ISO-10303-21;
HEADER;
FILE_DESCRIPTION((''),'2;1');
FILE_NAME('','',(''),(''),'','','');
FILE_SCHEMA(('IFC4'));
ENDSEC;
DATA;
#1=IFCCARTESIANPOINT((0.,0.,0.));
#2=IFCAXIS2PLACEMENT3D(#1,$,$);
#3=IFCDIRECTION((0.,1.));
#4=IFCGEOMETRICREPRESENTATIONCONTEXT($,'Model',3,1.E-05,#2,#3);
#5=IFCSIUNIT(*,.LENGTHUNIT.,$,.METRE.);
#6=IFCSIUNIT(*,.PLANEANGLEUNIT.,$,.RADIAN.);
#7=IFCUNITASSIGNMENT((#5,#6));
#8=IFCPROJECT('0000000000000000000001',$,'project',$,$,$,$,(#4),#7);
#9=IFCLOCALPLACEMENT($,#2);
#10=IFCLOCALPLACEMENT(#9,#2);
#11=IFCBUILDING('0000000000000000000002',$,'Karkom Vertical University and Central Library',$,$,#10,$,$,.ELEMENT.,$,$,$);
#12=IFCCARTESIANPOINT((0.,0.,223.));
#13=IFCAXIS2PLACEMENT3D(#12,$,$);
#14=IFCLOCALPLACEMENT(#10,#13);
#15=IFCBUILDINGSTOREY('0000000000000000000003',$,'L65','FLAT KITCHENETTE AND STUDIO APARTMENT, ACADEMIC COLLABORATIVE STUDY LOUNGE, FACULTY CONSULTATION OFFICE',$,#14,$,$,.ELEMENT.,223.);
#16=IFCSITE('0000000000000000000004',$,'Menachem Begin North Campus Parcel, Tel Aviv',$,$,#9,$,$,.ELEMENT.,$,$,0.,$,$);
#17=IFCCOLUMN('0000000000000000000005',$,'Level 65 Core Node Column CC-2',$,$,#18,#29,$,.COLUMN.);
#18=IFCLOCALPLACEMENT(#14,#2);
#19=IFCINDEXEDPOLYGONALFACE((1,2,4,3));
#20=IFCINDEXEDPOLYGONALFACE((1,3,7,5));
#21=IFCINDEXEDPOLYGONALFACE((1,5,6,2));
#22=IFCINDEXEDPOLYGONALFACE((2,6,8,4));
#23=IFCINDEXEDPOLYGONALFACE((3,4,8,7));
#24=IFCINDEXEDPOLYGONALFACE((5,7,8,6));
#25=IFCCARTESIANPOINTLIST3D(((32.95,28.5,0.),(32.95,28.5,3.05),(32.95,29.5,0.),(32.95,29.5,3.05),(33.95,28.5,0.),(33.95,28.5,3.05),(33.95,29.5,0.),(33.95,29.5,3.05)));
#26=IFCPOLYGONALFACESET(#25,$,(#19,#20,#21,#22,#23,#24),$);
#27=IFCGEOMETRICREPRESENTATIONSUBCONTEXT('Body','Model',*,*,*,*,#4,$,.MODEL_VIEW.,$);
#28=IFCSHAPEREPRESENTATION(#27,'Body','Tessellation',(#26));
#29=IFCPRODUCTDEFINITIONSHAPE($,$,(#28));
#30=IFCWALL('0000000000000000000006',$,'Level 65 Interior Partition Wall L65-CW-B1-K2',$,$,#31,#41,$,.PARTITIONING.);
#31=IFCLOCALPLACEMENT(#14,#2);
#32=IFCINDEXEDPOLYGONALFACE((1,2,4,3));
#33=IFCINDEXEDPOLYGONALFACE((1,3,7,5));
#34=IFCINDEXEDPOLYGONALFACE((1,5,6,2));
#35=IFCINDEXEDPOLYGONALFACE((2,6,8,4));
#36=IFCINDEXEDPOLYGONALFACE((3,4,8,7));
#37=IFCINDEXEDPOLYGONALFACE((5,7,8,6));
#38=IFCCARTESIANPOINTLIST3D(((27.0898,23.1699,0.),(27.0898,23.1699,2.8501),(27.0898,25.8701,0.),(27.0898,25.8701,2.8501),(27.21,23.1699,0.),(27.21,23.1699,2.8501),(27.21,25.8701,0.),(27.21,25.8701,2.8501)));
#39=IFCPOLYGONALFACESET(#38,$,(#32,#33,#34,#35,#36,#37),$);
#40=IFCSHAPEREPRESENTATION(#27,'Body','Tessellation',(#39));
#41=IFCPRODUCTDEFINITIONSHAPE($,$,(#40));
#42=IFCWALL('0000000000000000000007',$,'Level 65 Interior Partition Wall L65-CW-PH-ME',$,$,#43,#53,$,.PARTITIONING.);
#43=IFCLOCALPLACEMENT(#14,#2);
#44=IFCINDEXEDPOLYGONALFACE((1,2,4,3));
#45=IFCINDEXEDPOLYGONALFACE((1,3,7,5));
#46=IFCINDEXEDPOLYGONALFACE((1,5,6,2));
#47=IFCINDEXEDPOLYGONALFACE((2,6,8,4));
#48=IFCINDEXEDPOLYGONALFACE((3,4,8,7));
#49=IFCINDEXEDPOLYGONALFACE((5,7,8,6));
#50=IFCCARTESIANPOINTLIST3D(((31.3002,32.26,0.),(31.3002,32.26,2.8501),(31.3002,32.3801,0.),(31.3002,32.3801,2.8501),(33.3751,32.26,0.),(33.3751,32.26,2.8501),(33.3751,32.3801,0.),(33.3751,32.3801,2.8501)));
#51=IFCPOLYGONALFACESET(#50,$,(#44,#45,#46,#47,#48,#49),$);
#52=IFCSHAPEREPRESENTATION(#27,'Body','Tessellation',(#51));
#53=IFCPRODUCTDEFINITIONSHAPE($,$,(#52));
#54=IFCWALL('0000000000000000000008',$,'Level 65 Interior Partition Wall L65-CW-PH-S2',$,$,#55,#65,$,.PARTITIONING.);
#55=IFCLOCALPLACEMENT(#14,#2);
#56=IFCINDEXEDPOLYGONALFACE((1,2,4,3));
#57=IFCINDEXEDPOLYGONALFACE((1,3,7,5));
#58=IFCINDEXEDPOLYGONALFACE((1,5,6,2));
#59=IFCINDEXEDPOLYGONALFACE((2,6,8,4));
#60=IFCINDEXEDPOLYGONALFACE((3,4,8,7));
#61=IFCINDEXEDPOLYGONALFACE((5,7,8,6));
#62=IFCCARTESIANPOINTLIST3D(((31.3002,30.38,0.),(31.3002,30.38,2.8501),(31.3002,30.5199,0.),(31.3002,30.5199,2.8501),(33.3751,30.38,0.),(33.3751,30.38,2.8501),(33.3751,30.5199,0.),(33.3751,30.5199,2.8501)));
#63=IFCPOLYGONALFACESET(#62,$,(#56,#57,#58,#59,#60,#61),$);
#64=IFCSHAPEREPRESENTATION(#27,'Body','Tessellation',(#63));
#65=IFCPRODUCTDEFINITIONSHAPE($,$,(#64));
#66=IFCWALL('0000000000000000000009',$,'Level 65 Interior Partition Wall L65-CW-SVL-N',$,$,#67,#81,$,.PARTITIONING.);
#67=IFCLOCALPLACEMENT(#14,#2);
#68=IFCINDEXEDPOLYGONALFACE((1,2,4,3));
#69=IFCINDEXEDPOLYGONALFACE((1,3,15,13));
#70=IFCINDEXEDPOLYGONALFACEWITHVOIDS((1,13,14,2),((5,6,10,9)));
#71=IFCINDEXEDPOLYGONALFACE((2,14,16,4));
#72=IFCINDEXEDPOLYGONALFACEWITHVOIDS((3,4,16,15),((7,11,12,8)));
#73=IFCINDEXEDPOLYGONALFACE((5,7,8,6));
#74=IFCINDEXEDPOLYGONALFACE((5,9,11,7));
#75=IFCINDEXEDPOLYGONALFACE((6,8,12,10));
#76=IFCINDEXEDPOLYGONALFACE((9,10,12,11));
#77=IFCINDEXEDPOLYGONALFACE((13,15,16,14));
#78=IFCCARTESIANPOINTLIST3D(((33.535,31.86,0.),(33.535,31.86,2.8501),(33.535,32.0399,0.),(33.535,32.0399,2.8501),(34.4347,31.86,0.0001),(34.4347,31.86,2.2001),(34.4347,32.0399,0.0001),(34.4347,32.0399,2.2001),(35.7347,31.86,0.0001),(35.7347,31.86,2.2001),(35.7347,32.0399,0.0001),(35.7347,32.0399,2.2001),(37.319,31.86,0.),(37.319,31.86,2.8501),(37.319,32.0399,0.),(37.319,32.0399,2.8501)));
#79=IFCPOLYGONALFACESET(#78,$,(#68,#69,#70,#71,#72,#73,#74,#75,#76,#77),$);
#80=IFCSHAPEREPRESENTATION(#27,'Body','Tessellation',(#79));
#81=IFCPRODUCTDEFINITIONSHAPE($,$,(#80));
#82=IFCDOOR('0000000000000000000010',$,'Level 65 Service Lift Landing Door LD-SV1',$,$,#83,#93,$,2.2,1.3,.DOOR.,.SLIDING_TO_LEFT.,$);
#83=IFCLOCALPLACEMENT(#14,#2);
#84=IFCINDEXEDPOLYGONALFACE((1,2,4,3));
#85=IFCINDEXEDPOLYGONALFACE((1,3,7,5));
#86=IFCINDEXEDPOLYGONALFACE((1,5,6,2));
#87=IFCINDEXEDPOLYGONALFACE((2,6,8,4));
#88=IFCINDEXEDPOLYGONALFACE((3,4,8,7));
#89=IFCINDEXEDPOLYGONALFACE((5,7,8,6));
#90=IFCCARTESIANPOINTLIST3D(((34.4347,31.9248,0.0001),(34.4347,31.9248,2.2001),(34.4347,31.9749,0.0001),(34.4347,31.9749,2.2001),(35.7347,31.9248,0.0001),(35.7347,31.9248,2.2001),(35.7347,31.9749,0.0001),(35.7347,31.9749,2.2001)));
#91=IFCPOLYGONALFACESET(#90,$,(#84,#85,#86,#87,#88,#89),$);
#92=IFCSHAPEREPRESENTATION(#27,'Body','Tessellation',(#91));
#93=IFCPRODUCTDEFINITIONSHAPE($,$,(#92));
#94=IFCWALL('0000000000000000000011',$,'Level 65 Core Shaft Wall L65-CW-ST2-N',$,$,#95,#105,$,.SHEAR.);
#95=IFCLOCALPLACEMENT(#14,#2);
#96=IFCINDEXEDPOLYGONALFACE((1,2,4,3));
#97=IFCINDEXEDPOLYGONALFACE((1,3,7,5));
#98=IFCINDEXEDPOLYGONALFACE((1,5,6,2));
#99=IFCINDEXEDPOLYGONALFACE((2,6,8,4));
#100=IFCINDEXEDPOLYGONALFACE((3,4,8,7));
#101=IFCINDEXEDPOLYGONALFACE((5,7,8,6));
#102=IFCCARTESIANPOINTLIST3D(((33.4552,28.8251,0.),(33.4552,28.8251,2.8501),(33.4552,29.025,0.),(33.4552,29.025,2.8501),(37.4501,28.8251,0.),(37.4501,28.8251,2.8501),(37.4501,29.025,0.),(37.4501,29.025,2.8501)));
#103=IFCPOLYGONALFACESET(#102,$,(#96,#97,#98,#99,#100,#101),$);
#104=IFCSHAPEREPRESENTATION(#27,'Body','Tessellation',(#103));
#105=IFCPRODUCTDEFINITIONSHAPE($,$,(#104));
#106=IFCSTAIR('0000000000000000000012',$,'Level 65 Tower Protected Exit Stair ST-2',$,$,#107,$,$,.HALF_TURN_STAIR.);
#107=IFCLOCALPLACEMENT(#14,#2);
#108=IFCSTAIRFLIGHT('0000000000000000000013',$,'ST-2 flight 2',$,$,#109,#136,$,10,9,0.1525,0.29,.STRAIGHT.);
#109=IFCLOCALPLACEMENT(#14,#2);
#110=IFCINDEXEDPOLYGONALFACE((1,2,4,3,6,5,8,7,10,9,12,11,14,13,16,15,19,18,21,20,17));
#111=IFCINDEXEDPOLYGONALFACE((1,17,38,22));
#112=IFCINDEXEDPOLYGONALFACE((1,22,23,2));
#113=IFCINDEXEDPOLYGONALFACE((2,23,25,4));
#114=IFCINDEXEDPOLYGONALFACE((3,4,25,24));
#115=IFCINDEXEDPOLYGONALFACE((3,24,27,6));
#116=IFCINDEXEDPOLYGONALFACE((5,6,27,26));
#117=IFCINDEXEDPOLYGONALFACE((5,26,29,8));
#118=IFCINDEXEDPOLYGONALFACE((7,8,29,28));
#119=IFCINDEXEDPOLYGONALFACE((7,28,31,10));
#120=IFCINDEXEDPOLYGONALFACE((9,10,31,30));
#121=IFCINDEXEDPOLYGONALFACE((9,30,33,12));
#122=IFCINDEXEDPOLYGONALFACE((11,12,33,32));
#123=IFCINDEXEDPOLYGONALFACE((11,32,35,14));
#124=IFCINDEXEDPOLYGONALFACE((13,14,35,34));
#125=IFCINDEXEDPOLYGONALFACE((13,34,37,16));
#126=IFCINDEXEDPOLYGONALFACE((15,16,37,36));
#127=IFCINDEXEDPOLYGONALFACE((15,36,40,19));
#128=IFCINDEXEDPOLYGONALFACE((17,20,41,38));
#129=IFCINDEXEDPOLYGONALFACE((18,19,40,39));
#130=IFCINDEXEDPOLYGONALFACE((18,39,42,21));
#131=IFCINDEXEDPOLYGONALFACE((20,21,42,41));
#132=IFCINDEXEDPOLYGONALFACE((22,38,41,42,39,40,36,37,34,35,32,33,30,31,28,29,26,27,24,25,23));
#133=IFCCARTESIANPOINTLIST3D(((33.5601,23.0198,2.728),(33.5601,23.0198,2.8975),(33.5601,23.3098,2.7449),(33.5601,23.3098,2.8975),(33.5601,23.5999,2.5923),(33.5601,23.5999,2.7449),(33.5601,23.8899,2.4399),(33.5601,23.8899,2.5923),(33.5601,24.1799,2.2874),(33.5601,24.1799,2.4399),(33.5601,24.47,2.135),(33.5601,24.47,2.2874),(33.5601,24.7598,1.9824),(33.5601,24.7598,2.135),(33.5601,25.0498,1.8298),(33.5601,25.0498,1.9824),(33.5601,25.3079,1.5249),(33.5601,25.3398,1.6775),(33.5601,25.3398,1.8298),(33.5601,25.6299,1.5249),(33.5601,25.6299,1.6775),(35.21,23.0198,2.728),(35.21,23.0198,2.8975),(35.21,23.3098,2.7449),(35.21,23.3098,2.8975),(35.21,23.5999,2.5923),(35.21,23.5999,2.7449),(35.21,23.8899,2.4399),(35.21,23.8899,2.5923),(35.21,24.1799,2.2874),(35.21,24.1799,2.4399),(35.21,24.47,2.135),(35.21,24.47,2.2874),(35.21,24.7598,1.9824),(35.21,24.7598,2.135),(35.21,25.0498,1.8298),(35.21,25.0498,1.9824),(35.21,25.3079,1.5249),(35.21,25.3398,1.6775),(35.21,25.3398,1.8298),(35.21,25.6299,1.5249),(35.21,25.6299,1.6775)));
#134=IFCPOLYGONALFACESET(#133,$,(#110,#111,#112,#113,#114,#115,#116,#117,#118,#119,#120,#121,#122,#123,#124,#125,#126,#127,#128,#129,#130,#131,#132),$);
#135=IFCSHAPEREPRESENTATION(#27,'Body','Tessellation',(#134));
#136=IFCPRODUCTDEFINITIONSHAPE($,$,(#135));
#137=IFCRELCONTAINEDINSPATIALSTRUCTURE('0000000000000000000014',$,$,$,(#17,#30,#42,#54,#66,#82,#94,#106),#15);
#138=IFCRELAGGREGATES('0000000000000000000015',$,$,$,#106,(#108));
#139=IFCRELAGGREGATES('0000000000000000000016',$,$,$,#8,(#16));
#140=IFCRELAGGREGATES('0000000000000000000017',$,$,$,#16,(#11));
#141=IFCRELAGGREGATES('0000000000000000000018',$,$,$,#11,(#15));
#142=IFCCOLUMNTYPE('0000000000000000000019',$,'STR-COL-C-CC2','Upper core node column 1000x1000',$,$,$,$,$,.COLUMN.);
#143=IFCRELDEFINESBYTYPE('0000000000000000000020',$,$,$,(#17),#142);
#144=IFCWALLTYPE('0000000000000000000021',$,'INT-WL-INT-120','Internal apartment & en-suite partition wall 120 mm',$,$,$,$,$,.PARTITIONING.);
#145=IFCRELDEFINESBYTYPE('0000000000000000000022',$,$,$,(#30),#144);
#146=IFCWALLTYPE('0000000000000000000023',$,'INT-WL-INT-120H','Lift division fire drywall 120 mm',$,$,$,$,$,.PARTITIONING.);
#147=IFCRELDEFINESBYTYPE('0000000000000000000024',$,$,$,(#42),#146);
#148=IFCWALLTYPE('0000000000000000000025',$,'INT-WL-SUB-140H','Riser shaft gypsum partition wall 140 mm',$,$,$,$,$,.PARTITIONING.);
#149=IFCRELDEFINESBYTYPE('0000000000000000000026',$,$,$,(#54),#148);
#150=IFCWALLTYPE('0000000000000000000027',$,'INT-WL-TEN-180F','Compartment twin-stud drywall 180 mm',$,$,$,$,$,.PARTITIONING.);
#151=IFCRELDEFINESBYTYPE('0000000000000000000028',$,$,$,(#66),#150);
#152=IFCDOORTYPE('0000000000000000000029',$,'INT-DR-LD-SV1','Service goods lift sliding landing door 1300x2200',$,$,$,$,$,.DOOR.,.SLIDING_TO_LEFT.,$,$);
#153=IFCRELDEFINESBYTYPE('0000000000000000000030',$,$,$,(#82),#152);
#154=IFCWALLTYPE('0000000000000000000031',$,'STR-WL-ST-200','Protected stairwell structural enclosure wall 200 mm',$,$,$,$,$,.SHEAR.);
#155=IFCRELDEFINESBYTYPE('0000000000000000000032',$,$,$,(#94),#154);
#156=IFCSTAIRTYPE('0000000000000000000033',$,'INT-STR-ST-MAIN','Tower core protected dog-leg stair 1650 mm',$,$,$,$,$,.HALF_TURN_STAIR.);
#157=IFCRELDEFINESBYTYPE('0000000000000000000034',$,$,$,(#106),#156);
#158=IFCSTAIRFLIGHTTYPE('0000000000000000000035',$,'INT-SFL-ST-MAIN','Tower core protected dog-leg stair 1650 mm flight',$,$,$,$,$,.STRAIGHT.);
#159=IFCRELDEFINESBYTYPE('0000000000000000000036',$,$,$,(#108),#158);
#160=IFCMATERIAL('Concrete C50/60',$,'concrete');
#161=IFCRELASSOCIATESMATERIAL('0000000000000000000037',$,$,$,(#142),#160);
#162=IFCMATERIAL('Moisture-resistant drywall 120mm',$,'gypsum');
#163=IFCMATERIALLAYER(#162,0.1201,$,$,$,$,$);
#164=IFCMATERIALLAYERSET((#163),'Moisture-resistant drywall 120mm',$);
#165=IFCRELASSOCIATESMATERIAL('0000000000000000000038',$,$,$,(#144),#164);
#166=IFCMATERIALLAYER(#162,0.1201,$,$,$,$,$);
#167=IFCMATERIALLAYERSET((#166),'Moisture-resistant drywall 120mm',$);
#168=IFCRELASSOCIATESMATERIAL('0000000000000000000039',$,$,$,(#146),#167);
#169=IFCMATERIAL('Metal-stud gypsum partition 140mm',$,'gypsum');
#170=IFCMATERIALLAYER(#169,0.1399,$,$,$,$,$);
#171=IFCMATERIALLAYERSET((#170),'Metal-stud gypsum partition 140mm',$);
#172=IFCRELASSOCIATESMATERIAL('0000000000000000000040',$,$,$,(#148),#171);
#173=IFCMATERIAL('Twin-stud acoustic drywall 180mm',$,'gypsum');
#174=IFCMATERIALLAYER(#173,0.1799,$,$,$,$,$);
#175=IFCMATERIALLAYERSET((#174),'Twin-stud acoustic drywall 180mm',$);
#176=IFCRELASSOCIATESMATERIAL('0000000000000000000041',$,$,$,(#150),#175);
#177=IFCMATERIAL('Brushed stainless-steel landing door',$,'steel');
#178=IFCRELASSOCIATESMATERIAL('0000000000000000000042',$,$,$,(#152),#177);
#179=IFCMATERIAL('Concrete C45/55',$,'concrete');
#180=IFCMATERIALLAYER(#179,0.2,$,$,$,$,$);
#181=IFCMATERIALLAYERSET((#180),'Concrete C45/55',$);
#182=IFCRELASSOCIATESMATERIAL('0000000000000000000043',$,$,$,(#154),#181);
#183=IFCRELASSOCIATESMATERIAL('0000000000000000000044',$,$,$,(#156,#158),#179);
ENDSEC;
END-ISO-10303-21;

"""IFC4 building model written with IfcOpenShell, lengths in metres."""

from ifc_helpers import new_model, si_unit, direction, frame, frame_2d, origin, origin_with_axes, origin_2d, place, context, subcontext, project, spatial, polyline, rectangle, outline, extrude, source, transform, mapped, material, layer, layer_set, material_profile, profile_set, type_object, element, fill, aggregate, save


model = new_model("IFC4")

# Units and contexts
model_context = context("Model", 3, precision=1e-05, world=origin(), true_north=direction((0.0, 1.0)))
body_context = subcontext(model_context, "Body", "Model", "MODEL_VIEW")
ifc_project = project(units=[si_unit("LENGTHUNIT", "METRE"), si_unit("PLANEANGLEUNIT", "RADIAN")], contexts=[model_context])

# Site, building, storey
site_placement = place(None, origin())
site = spatial("IfcSite", under=ifc_project, at=site_placement, Name="Menachem Begin North Campus Parcel, Tel Aviv", CompositionType="ELEMENT", RefElevation=0.0)
building_placement = place(site_placement, origin())
building = spatial("IfcBuilding", under=site, at=building_placement, Name="Karkom Vertical University and Central Library", CompositionType="ELEMENT")
storey_placement = place(building_placement, frame((0.0, 0.0, 223.0)))
storey = spatial("IfcBuildingStorey", under=building, at=storey_placement, Name="L65", Description="FLAT KITCHENETTE AND STUDIO APARTMENT, ACADEMIC COLLABORATIVE STUDY LOUNGE, FACULTY CONSULTATION OFFICE", CompositionType="ELEMENT", Elevation=223.0)

# Column
ifc_material_1 = material(Name="Concrete C50/60", Category="concrete")
ifc_material_profile = material_profile(ifc_material_1, rectangle(XDim=1.0, YDim=1.0, at=origin_2d()), Name="RC-1000x1000")
ifc_profile_set = profile_set([ifc_material_profile], Name="Concrete C50/60")
column_type = type_object("IfcColumnType", Name="STR-COL-C-CC2", Description="Upper core node column 1000x1000", PredefinedType="COLUMN", material=ifc_profile_set)
shared_shape_1 = source(origin_with_axes(), body_context, "Body", "SweptSolid", [
    extrude(rectangle(XDim=1.0, YDim=1.0, at=origin_2d()), origin(), (0.0, 0.0, 1.0), 3.05),
])
column_placement = place(storey_placement, frame((33.45, 29.0, 0.0), z_axis=(0.0, 0.0, 1.0), x_axis=(1.0, 0.0, 0.0)))
element("IfcColumn", 1, at=column_placement, inside=storey, type_object=column_type, Name="Level 65 Core Node Column CC-2", PredefinedType="COLUMN", context=body_context, shape_type="MappedRepresentation", body=[
    mapped(shared_shape_1, transform((0.0, 0.0, 0.0), scale=1.0)),
])

# Walls
ifc_material_2 = material(Name="Moisture-resistant drywall 120mm", Category="gypsum")
ifc_layer_1 = layer(ifc_material_2, 0.1201)
ifc_layer_set_1 = layer_set([ifc_layer_1], Name="Moisture-resistant drywall 120mm")
wall_type_1 = type_object("IfcWallType", Name="INT-WL-INT-120", Description="Internal apartment & en-suite partition wall 120 mm", PredefinedType="PARTITIONING", material=ifc_layer_set_1)
wall_1_placement = place(storey_placement, frame((27.1499, 23.1699, 0.0), z_axis=(0.0, 0.0, 1.0), x_axis=(0.0, 1.0, 0.0)))
element("IfcWall", 2, at=wall_1_placement, inside=storey, type_object=wall_type_1, Name="Level 65 Interior Partition Wall L65-CW-B1-K2", PredefinedType="PARTITIONING", context=body_context, shape_type="SweptSolid", body=[
    extrude(rectangle(XDim=2.7002, YDim=0.1201, at=frame_2d((1.3501, 0.0))), origin(), (0.0, 0.0, 1.0), 2.8501),
])
ifc_layer_2 = layer(ifc_material_2, 0.1201)
ifc_layer_set_2 = layer_set([ifc_layer_2], Name="Moisture-resistant drywall 120mm")
wall_type_2 = type_object("IfcWallType", Name="INT-WL-INT-120H", Description="Lift division fire drywall 120 mm", PredefinedType="PARTITIONING", material=ifc_layer_set_2)
wall_2_placement = place(storey_placement, frame((31.3, 32.3201, 0.0), z_axis=(0.0, 0.0, 1.0), x_axis=(1.0, 0.0, 0.0)))
element("IfcWall", 3, at=wall_2_placement, inside=storey, type_object=wall_type_2, Name="Level 65 Interior Partition Wall L65-CW-PH-ME", PredefinedType="PARTITIONING", context=body_context, shape_type="SweptSolid", body=[
    extrude(rectangle(XDim=2.075, YDim=0.1201, at=frame_2d((1.0376, 0.0))), origin(), (0.0, 0.0, 1.0), 2.8501),
])

# Shared definitions
ifc_material_3 = material(Name="Metal-stud gypsum partition 140mm", Category="gypsum")
ifc_layer_3 = layer(ifc_material_3, 0.1399)
ifc_layer_set_3 = layer_set([ifc_layer_3], Name="Metal-stud gypsum partition 140mm")
wall_type_3 = type_object("IfcWallType", Name="INT-WL-SUB-140H", Description="Riser shaft gypsum partition wall 140 mm", PredefinedType="PARTITIONING", material=ifc_layer_set_3)
ifc_material_4 = material(Name="Brushed stainless-steel landing door", Category="steel")

# Wall
wall_3_placement = place(storey_placement, frame((31.3, 30.45, 0.0), z_axis=(0.0, 0.0, 1.0), x_axis=(1.0, 0.0, 0.0)))
element("IfcWall", 4, at=wall_3_placement, inside=storey, type_object=wall_type_3, Name="Level 65 Interior Partition Wall L65-CW-PH-S2", PredefinedType="PARTITIONING", context=body_context, shape_type="SweptSolid", body=[
    extrude(rectangle(XDim=2.075, YDim=0.1399, at=frame_2d((1.0376, 0.0))), origin(), (0.0, 0.0, 1.0), 2.8501),
])

# Wall, opening, door
ifc_material_5 = material(Name="Twin-stud acoustic drywall 180mm", Category="gypsum")
ifc_layer_4 = layer(ifc_material_5, 0.1799)
ifc_layer_set_4 = layer_set([ifc_layer_4], Name="Twin-stud acoustic drywall 180mm")
wall_type_4 = type_object("IfcWallType", Name="INT-WL-TEN-180F", Description="Compartment twin-stud drywall 180 mm", PredefinedType="PARTITIONING", material=ifc_layer_set_4)
wall_4_placement = place(storey_placement, frame((33.5349, 31.95, 0.0), z_axis=(0.0, 0.0, 1.0), x_axis=(1.0, 0.0, 0.0)))
wall_4 = element("IfcWall", 5, at=wall_4_placement, inside=storey, type_object=wall_type_4, Name="Level 65 Interior Partition Wall L65-CW-SVL-N", PredefinedType="PARTITIONING", context=body_context, shape_type="SweptSolid", body=[
    extrude(rectangle(XDim=3.7839, YDim=0.1799, at=frame_2d((1.8921, 0.0))), origin(), (0.0, 0.0, 1.0), 2.8501),
])
opening_1_placement = place(wall_4_placement, frame((0.8999, 0.0, 0.0)))
opening_1 = element("IfcOpeningElement", 6, at=opening_1_placement, cuts=wall_4, PredefinedType="OPENING", context=body_context, shape_type="SweptSolid", body=[
    extrude(rectangle(XDim=1.3, YDim=2.2, at=frame_2d((0.6499, 1.1001))), frame((0.0, 0.1001, 0.0), z_axis=(0.0, -1.0, 0.0), x_axis=(1.0, 0.0, 0.0)), (0.0, 0.0, 1.0), 0.2),
])
door_type_1 = type_object("IfcDoorType", Name="INT-DR-LD-SV1", Description="Service goods lift sliding landing door 1300x2200", OperationType="SLIDING_TO_LEFT", PredefinedType="DOOR", material=ifc_material_4)
shared_shape_2 = source(origin_with_axes(), body_context, "Body", "SweptSolid", [
    extrude(rectangle(XDim=1.3, YDim=2.2, at=frame_2d((0.6499, 1.1001))), frame((0.0, 0.0249, 0.0), z_axis=(0.0, -1.0, 0.0), x_axis=(1.0, 0.0, 0.0)), (0.0, 0.0, 1.0), 0.05),
])
door_1_placement = place(opening_1_placement, origin())
door_1 = element("IfcDoor", 7, at=door_1_placement, inside=storey, type_object=door_type_1, Name="Level 65 Service Lift Landing Door LD-SV1", OperationType="SLIDING_TO_LEFT", OverallHeight=2.2, OverallWidth=1.3, PredefinedType="DOOR", context=body_context, shape_type="MappedRepresentation", body=[
    mapped(shared_shape_2, transform((0.0, 0.0, 0.0), scale=1.0)),
])
fill(opening_1, door_1)

# Wall
ifc_material_6 = material(Name="Concrete C45/55", Category="concrete")
ifc_layer_5 = layer(ifc_material_6, 0.2)
ifc_layer_set_5 = layer_set([ifc_layer_5], Name="Concrete C45/55")
wall_type_5 = type_object("IfcWallType", Name="STR-WL-ST-200", Description="Protected stairwell structural enclosure wall 200 mm", PredefinedType="SHEAR", material=ifc_layer_set_5)
wall_5_placement = place(storey_placement, frame((33.4551, 28.925, 0.0), z_axis=(0.0, 0.0, 1.0), x_axis=(1.0, 0.0, 0.0)))
element("IfcWall", 8, at=wall_5_placement, inside=storey, type_object=wall_type_5, Name="Level 65 Core Shaft Wall L65-CW-ST2-N", PredefinedType="SHEAR", context=body_context, shape_type="SweptSolid", body=[
    extrude(rectangle(XDim=3.9949, YDim=0.2, at=frame_2d((1.9976, 0.0))), origin(), (0.0, 0.0, 1.0), 2.8501),
])

# Stair, stair flight
stair_type = type_object("IfcStairType", Name="INT-STR-ST-MAIN", Description="Tower core protected dog-leg stair 1650 mm", PredefinedType="HALF_TURN_STAIR", material=ifc_material_6)
stair_placement = place(storey_placement, origin())
stair = element("IfcStair", 9, at=stair_placement, inside=storey, type_object=stair_type, Name="Level 65 Tower Protected Exit Stair ST-2", PredefinedType="HALF_TURN_STAIR")
stair_flight_type = type_object("IfcStairFlightType", Name="INT-SFL-ST-MAIN", Description="Tower core protected dog-leg stair 1650 mm flight", PredefinedType="STRAIGHT", material=ifc_material_6)
stair_flight_placement = place(storey_placement, frame((34.385, 25.6299, 1.5249), z_axis=(0.0, 0.0, 1.0), x_axis=(0.0, -1.0, 0.0)))
stair_flight = element("IfcStairFlight", 10, at=stair_flight_placement, type_object=stair_flight_type, Name="ST-2 flight 2", NumberOfRisers=10, NumberOfTreads=9, PredefinedType="STRAIGHT", RiserHeight=0.1525, TreadLength=0.29, context=body_context, shape_type="SweptSolid", body=[
    extrude(outline(polyline([(0.0, 0.0), (0.0, 0.1526), (0.29, 0.1526), (0.29, 0.3049), (0.5801, 0.3049), (0.5801, 0.4575), (0.8701, 0.4575), (0.8701, 0.6101), (1.1599, 0.6101), (1.1599, 0.7625), (1.45, 0.7625), (1.45, 0.915), (1.74, 0.915), (1.74, 1.0674), (2.03, 1.0674), (2.03, 1.22), (2.3201, 1.22), (2.3201, 1.3726), (2.6101, 1.3726), (2.6101, 1.5249), (2.6101, 1.2031), (0.322, 0.0), (0.0, 0.0)])), frame((0.0, 0.825, 0.0), z_axis=(0.0, -1.0, 0.0), x_axis=(1.0, 0.0, 0.0)), (0.0, 0.0, 1.0), 1.6499),
])
aggregate(stair, [stair_flight])

save(model, "model.ifc")
